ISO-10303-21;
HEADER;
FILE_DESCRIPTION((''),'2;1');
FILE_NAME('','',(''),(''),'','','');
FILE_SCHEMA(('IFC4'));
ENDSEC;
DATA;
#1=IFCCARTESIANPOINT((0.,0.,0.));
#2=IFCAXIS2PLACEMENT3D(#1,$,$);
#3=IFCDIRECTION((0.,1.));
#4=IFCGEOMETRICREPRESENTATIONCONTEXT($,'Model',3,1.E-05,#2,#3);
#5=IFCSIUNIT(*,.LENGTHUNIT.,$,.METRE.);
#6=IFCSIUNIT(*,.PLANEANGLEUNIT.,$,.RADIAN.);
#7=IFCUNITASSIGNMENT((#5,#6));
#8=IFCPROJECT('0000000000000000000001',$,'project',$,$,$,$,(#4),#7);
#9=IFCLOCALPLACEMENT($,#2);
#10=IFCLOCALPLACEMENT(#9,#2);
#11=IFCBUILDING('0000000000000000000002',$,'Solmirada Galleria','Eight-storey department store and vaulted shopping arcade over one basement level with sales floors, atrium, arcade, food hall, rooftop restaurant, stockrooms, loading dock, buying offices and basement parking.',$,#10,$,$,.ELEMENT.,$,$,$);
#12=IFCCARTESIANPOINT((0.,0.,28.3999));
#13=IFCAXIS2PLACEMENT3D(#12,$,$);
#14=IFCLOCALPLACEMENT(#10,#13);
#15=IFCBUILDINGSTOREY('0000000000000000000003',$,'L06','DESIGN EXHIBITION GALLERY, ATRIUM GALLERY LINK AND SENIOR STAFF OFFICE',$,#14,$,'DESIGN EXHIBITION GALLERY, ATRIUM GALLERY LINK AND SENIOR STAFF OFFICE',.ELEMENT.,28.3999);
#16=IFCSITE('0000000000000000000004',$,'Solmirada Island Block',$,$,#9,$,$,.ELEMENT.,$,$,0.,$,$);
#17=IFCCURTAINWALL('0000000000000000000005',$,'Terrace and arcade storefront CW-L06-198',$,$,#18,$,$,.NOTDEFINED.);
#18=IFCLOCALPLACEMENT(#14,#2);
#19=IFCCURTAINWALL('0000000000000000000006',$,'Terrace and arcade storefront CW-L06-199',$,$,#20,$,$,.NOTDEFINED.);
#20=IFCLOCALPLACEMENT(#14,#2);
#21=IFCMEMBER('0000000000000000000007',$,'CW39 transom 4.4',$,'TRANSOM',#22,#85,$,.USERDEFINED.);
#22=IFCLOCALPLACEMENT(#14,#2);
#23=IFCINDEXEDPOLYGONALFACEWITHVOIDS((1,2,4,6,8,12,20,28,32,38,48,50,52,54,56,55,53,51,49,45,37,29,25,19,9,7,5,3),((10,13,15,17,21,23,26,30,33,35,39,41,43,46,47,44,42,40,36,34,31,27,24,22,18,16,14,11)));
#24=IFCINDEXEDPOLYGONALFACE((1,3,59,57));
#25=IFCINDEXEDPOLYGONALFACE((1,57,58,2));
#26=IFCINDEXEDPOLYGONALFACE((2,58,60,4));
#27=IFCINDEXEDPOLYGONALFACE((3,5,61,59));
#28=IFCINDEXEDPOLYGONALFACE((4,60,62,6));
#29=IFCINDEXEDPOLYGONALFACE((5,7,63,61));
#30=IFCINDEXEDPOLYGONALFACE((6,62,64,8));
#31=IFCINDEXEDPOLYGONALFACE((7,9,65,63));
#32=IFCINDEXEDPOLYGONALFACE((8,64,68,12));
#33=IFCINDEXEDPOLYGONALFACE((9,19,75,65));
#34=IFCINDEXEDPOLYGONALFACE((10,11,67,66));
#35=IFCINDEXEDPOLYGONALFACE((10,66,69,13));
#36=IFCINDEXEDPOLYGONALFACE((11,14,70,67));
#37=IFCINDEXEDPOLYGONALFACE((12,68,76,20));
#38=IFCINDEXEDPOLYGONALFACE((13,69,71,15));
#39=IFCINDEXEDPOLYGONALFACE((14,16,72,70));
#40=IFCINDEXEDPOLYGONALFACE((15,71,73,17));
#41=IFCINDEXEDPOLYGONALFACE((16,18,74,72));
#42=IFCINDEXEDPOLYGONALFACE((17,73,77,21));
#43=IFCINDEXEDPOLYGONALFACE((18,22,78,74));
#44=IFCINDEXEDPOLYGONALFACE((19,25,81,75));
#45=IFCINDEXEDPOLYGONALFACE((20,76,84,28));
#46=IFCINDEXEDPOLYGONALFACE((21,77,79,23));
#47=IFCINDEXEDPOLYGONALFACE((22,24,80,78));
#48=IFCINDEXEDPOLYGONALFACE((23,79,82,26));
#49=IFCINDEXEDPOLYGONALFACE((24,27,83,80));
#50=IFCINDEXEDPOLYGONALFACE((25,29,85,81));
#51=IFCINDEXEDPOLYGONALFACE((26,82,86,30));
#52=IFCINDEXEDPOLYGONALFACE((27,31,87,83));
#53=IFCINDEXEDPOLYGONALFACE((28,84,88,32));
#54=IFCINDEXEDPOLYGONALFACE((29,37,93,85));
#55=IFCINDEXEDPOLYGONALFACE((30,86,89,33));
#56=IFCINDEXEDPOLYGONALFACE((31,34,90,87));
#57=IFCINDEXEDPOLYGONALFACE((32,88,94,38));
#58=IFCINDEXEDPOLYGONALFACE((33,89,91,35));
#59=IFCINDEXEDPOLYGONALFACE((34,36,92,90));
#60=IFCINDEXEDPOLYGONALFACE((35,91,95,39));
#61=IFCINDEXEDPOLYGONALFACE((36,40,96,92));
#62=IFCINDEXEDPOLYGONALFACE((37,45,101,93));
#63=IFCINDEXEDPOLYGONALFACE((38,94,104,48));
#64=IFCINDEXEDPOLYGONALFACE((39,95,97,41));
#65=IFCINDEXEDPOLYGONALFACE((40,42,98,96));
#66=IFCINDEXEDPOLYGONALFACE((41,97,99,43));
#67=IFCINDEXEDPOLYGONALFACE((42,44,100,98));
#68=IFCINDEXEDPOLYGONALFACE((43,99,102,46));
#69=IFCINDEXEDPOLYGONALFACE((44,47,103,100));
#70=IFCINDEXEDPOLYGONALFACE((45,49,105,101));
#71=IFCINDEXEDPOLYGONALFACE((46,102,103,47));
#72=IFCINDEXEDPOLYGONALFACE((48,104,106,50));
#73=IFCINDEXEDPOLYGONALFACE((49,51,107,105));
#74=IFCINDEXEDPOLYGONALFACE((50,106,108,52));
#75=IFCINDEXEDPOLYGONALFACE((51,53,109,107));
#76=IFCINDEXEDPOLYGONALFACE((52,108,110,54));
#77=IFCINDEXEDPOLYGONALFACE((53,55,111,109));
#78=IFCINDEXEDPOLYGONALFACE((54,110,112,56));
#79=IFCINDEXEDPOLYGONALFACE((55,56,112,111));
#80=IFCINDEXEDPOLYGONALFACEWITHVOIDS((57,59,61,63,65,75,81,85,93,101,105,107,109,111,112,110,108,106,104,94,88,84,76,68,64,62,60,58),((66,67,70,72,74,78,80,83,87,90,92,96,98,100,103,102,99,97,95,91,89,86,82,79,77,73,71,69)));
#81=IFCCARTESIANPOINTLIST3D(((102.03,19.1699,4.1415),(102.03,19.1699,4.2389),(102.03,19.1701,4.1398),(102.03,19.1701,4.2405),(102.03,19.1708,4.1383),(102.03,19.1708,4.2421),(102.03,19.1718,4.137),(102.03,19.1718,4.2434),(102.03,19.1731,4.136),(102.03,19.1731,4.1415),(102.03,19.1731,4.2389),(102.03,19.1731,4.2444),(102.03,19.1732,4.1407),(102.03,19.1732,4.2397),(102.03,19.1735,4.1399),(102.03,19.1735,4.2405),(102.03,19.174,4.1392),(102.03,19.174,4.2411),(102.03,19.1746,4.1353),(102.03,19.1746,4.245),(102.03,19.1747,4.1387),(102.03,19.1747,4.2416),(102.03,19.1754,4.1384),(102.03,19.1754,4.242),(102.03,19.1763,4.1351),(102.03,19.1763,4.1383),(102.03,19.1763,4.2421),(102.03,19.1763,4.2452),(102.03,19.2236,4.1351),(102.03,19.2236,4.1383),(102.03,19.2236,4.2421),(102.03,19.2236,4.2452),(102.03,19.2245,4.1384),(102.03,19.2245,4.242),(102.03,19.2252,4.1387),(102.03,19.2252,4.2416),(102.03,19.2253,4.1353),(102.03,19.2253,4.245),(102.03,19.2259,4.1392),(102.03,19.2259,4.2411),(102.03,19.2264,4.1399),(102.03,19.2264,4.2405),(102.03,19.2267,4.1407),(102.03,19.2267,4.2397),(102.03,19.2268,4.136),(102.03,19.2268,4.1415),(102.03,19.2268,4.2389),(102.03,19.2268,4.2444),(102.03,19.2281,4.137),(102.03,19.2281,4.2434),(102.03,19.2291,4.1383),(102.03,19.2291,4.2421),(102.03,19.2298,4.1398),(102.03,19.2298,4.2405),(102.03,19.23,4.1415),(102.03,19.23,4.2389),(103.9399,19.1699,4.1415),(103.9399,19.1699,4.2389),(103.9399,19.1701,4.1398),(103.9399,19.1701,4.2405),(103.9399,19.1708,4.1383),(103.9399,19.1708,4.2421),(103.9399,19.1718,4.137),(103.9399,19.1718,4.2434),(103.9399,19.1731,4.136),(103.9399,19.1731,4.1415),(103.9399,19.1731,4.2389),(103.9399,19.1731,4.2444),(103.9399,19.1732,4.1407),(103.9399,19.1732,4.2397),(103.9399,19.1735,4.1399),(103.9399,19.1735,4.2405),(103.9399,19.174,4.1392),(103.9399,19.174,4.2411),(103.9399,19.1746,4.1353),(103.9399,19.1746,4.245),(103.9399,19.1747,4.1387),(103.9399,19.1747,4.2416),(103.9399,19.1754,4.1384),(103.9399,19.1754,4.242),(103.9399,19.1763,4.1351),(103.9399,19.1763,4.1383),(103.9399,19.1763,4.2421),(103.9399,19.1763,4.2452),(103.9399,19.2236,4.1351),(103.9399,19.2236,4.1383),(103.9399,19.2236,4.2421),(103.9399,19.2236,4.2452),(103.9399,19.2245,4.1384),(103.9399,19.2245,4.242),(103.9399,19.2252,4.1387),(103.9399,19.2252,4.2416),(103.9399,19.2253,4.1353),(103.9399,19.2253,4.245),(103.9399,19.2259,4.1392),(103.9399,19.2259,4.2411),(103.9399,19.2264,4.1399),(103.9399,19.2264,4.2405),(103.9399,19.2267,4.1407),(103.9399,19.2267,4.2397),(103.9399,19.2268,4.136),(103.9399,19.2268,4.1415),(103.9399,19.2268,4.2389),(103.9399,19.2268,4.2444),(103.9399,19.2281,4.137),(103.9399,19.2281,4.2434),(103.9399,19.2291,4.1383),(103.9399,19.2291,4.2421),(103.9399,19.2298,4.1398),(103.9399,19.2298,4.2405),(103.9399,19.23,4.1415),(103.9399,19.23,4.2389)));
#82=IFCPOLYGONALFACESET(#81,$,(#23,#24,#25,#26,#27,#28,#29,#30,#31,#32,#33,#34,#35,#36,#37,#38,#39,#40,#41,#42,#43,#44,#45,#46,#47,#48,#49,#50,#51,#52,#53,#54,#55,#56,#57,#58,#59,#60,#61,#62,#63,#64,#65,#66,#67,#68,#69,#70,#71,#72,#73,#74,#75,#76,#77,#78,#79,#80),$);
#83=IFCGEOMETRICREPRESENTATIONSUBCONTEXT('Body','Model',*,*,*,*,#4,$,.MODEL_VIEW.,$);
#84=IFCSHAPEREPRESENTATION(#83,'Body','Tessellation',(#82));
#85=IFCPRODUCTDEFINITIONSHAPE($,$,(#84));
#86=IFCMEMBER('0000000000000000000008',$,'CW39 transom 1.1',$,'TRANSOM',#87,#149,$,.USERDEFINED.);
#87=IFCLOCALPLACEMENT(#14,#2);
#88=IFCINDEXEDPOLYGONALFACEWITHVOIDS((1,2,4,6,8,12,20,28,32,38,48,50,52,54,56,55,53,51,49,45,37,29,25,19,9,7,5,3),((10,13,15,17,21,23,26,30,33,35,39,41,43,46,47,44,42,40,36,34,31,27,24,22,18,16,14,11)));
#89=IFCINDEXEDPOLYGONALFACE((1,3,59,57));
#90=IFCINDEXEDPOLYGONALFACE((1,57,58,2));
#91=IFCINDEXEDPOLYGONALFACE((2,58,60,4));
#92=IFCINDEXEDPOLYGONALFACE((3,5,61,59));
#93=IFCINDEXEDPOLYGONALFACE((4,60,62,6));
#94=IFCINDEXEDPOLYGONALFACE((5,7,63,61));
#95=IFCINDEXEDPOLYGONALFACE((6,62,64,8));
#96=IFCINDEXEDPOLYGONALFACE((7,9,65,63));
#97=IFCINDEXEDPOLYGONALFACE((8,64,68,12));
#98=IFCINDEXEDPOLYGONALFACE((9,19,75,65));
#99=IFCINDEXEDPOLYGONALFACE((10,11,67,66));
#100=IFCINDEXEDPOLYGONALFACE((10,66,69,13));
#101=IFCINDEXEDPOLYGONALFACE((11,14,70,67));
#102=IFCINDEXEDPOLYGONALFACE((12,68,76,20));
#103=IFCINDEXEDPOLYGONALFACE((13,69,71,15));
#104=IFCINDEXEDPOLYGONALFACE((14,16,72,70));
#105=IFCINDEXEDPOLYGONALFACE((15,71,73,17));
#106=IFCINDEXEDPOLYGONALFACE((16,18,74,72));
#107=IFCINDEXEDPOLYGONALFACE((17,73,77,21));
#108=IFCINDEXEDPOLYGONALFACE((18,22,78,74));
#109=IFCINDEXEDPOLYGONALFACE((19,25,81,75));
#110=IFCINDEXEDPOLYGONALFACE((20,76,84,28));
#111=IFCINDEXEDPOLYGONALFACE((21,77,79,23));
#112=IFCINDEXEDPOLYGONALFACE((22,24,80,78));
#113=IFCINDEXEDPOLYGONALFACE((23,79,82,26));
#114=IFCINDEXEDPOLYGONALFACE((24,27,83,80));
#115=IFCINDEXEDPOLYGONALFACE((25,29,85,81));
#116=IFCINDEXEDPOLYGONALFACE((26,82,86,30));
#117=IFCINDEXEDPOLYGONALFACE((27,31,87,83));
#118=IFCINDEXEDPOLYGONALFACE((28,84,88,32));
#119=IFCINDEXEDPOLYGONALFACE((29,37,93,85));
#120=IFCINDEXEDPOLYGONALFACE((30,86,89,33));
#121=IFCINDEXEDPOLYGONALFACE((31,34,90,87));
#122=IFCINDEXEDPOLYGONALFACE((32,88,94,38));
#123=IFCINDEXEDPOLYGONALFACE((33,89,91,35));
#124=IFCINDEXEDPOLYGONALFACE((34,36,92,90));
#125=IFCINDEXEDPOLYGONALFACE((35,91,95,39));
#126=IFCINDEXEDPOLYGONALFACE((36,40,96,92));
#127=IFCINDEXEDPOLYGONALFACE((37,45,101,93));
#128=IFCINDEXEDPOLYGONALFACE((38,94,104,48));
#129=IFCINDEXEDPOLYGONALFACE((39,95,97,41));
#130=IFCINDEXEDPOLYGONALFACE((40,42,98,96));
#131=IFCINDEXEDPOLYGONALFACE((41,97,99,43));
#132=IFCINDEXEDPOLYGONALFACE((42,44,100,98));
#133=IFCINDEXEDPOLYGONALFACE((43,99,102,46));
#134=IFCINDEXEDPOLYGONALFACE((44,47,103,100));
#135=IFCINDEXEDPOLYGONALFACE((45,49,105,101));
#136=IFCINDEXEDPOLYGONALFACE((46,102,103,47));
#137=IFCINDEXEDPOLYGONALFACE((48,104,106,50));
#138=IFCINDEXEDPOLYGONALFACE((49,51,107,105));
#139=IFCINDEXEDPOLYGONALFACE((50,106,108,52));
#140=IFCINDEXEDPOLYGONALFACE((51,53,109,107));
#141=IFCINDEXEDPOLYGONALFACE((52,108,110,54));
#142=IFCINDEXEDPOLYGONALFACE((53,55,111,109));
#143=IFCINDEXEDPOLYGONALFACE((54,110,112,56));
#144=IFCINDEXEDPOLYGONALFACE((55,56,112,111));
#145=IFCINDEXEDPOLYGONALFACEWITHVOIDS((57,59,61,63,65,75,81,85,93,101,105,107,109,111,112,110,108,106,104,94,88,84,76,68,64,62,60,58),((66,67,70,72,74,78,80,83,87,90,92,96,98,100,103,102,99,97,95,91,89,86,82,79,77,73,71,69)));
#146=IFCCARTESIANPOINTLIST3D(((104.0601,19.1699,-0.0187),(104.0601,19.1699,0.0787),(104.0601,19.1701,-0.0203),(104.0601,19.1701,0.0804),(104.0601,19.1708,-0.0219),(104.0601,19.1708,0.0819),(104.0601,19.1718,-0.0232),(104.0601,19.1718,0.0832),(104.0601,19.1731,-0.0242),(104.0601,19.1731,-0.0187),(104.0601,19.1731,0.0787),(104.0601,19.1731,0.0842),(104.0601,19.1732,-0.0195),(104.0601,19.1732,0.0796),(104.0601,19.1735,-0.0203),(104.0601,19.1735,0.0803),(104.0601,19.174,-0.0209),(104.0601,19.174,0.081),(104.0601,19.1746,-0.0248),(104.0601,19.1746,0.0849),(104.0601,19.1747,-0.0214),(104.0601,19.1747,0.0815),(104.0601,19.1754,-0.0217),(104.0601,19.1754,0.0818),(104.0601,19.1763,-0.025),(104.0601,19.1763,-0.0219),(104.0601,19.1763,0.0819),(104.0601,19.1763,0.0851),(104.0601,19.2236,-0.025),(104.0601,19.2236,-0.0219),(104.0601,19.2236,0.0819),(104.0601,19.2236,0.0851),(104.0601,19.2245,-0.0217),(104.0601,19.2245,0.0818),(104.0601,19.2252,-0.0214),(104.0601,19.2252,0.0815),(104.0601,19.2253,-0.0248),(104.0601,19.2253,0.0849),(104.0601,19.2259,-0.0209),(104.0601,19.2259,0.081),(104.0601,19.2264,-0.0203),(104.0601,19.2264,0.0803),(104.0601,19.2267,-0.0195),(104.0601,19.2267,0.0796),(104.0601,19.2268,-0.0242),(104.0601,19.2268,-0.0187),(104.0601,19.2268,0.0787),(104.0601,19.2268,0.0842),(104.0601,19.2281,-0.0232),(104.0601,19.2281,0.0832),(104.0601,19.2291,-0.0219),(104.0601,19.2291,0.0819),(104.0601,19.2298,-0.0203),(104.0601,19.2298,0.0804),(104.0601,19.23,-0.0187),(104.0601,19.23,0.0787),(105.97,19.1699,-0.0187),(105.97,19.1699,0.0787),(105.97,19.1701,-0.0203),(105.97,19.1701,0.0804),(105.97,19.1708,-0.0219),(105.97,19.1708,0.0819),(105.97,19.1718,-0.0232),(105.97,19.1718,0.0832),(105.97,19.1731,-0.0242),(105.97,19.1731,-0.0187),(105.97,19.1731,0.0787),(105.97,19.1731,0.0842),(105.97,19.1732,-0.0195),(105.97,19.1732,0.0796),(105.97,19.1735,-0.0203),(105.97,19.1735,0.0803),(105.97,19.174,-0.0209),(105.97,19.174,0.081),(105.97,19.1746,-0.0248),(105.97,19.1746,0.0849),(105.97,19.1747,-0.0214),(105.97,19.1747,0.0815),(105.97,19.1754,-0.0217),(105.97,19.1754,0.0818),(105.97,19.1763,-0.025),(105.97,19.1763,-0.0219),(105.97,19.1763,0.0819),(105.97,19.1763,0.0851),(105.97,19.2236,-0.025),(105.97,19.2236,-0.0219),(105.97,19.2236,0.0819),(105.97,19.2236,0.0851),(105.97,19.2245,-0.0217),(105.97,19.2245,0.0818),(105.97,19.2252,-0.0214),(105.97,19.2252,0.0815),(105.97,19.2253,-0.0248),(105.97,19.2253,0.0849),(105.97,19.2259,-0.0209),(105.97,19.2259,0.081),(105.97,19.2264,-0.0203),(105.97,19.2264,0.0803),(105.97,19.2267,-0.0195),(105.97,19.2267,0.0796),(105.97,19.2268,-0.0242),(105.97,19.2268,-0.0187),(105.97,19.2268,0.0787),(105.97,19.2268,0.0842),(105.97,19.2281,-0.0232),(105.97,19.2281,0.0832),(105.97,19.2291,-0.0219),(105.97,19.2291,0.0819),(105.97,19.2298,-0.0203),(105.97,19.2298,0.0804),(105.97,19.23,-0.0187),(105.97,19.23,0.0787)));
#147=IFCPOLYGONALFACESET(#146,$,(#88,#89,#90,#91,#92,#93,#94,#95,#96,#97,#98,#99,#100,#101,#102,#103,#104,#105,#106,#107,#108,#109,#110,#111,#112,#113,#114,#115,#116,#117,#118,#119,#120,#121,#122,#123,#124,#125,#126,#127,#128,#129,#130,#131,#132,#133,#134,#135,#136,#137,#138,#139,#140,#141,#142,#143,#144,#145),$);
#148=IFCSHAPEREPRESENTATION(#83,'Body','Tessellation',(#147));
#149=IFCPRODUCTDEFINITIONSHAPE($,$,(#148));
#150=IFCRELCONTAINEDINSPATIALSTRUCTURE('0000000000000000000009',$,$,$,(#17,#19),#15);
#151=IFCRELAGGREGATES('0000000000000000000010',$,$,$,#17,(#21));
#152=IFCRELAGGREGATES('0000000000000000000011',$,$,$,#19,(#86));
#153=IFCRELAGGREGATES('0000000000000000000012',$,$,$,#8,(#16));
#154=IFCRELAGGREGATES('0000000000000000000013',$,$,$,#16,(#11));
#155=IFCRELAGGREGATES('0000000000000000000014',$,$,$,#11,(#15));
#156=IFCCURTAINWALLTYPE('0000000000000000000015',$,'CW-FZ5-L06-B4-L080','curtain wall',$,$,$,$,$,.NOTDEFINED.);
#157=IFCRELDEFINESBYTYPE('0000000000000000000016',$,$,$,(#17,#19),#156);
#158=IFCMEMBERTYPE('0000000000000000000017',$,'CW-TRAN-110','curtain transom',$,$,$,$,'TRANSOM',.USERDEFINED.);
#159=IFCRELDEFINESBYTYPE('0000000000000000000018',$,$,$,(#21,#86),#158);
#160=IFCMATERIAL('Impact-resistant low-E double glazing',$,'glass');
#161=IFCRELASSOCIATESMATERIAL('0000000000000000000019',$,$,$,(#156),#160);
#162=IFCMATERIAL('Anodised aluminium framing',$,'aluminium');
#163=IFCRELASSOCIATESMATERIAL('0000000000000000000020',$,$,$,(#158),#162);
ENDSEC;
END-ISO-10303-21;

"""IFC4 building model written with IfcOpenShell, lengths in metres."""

from ifc_helpers import new_model, si_unit, direction, frame, origin, origin_2d, place, context, subcontext, project, spatial, hollow_rectangle, extrude, material, material_profile, profile_set, type_object, element, aggregate, save


model = new_model("IFC4")

# Units and contexts
model_context = context("Model", 3, precision=1e-05, world=origin(), true_north=direction((0.0, 1.0)))
body_context = subcontext(model_context, "Body", "Model", "MODEL_VIEW")
ifc_project = project(units=[si_unit("LENGTHUNIT", "METRE"), si_unit("PLANEANGLEUNIT", "RADIAN")], contexts=[model_context])

# Site, building, storey
site_placement = place(None, origin())
site = spatial("IfcSite", under=ifc_project, at=site_placement, Name="Solmirada Island Block", CompositionType="ELEMENT", RefElevation=0.0)
building_placement = place(site_placement, origin())
building = spatial("IfcBuilding", under=site, at=building_placement, Name="Solmirada Galleria", Description="Eight-storey department store and vaulted shopping arcade over one basement level with sales floors, atrium, arcade, food hall, rooftop restaurant, stockrooms, loading dock, buying offices and basement parking.", CompositionType="ELEMENT")
storey_placement = place(building_placement, frame((0.0, 0.0, 28.3999)))
storey = spatial("IfcBuildingStorey", under=building, at=storey_placement, Name="L06", Description="DESIGN EXHIBITION GALLERY, ATRIUM GALLERY LINK AND SENIOR STAFF OFFICE", LongName="DESIGN EXHIBITION GALLERY, ATRIUM GALLERY LINK AND SENIOR STAFF OFFICE", CompositionType="ELEMENT", Elevation=28.3999)

# Curtain wall
ifc_material_1 = material(Name="Impact-resistant low-E double glazing", Category="glass")
curtain_wall_type = type_object("IfcCurtainWallType", Name="CW-FZ5-L06-B4-L080", Description="curtain wall", PredefinedType="NOTDEFINED", material=ifc_material_1)
curtain_wall_1_placement = place(storey_placement, origin())
curtain_wall_1 = element("IfcCurtainWall", 1, at=curtain_wall_1_placement, inside=storey, type_object=curtain_wall_type, Name="Terrace and arcade storefront CW-L06-198", PredefinedType="NOTDEFINED")
ifc_material_2 = material(Name="Anodised aluminium framing", Category="aluminium")

# Curtain wall
curtain_wall_2_placement = place(storey_placement, origin())
curtain_wall_2 = element("IfcCurtainWall", 2, at=curtain_wall_2_placement, inside=storey, type_object=curtain_wall_type, Name="Terrace and arcade storefront CW-L06-199", PredefinedType="NOTDEFINED")

# Members
ifc_material_profile_1 = material_profile(ifc_material_2, hollow_rectangle(XDim=0.0601, YDim=0.1101, WallThickness=0.0032, InnerFilletRadius=0.0032, OuterFilletRadius=0.0063, at=origin_2d()), Name="ALU-TRAN-110X60")
ifc_profile_set_1 = profile_set([ifc_material_profile_1], Name="Anodised aluminium framing")
member_type_1 = type_object("IfcMemberType", Name="CW-TRAN-110", Description="curtain transom", ElementType="TRANSOM", PredefinedType="USERDEFINED", material=ifc_profile_set_1)
member_1_placement = place(storey_placement, frame((102.03, 19.2, 4.1902), z_axis=(1.0, 0.0, 0.0), x_axis=(0.0, 1.0, 0.0)))
member_1 = element("IfcMember", 3, at=member_1_placement, type_object=member_type_1, Name="CW39 transom 4.4", ObjectType="TRANSOM", PredefinedType="USERDEFINED", context=body_context, shape_type="SweptSolid", body=[
    extrude(hollow_rectangle(XDim=0.0601, YDim=0.1101, WallThickness=0.0032, InnerFilletRadius=0.0032, OuterFilletRadius=0.0063, at=origin_2d()), origin(), (0.0, 0.0, 1.0), 1.9099),
])
member_2_placement = place(storey_placement, frame((104.0601, 19.2, 0.03), z_axis=(1.0, 0.0, 0.0), x_axis=(0.0, 1.0, 0.0)))
member_2 = element("IfcMember", 4, at=member_2_placement, type_object=member_type_1, Name="CW39 transom 1.1", ObjectType="TRANSOM", PredefinedType="USERDEFINED", context=body_context, shape_type="SweptSolid", body=[
    extrude(hollow_rectangle(XDim=0.0601, YDim=0.1101, WallThickness=0.0032, InnerFilletRadius=0.0032, OuterFilletRadius=0.0063, at=origin_2d()), origin(), (0.0, 0.0, 1.0), 1.9099),
])

aggregate(curtain_wall_1, [member_1])
aggregate(curtain_wall_2, [member_2])

save(model, "model.ifc")
